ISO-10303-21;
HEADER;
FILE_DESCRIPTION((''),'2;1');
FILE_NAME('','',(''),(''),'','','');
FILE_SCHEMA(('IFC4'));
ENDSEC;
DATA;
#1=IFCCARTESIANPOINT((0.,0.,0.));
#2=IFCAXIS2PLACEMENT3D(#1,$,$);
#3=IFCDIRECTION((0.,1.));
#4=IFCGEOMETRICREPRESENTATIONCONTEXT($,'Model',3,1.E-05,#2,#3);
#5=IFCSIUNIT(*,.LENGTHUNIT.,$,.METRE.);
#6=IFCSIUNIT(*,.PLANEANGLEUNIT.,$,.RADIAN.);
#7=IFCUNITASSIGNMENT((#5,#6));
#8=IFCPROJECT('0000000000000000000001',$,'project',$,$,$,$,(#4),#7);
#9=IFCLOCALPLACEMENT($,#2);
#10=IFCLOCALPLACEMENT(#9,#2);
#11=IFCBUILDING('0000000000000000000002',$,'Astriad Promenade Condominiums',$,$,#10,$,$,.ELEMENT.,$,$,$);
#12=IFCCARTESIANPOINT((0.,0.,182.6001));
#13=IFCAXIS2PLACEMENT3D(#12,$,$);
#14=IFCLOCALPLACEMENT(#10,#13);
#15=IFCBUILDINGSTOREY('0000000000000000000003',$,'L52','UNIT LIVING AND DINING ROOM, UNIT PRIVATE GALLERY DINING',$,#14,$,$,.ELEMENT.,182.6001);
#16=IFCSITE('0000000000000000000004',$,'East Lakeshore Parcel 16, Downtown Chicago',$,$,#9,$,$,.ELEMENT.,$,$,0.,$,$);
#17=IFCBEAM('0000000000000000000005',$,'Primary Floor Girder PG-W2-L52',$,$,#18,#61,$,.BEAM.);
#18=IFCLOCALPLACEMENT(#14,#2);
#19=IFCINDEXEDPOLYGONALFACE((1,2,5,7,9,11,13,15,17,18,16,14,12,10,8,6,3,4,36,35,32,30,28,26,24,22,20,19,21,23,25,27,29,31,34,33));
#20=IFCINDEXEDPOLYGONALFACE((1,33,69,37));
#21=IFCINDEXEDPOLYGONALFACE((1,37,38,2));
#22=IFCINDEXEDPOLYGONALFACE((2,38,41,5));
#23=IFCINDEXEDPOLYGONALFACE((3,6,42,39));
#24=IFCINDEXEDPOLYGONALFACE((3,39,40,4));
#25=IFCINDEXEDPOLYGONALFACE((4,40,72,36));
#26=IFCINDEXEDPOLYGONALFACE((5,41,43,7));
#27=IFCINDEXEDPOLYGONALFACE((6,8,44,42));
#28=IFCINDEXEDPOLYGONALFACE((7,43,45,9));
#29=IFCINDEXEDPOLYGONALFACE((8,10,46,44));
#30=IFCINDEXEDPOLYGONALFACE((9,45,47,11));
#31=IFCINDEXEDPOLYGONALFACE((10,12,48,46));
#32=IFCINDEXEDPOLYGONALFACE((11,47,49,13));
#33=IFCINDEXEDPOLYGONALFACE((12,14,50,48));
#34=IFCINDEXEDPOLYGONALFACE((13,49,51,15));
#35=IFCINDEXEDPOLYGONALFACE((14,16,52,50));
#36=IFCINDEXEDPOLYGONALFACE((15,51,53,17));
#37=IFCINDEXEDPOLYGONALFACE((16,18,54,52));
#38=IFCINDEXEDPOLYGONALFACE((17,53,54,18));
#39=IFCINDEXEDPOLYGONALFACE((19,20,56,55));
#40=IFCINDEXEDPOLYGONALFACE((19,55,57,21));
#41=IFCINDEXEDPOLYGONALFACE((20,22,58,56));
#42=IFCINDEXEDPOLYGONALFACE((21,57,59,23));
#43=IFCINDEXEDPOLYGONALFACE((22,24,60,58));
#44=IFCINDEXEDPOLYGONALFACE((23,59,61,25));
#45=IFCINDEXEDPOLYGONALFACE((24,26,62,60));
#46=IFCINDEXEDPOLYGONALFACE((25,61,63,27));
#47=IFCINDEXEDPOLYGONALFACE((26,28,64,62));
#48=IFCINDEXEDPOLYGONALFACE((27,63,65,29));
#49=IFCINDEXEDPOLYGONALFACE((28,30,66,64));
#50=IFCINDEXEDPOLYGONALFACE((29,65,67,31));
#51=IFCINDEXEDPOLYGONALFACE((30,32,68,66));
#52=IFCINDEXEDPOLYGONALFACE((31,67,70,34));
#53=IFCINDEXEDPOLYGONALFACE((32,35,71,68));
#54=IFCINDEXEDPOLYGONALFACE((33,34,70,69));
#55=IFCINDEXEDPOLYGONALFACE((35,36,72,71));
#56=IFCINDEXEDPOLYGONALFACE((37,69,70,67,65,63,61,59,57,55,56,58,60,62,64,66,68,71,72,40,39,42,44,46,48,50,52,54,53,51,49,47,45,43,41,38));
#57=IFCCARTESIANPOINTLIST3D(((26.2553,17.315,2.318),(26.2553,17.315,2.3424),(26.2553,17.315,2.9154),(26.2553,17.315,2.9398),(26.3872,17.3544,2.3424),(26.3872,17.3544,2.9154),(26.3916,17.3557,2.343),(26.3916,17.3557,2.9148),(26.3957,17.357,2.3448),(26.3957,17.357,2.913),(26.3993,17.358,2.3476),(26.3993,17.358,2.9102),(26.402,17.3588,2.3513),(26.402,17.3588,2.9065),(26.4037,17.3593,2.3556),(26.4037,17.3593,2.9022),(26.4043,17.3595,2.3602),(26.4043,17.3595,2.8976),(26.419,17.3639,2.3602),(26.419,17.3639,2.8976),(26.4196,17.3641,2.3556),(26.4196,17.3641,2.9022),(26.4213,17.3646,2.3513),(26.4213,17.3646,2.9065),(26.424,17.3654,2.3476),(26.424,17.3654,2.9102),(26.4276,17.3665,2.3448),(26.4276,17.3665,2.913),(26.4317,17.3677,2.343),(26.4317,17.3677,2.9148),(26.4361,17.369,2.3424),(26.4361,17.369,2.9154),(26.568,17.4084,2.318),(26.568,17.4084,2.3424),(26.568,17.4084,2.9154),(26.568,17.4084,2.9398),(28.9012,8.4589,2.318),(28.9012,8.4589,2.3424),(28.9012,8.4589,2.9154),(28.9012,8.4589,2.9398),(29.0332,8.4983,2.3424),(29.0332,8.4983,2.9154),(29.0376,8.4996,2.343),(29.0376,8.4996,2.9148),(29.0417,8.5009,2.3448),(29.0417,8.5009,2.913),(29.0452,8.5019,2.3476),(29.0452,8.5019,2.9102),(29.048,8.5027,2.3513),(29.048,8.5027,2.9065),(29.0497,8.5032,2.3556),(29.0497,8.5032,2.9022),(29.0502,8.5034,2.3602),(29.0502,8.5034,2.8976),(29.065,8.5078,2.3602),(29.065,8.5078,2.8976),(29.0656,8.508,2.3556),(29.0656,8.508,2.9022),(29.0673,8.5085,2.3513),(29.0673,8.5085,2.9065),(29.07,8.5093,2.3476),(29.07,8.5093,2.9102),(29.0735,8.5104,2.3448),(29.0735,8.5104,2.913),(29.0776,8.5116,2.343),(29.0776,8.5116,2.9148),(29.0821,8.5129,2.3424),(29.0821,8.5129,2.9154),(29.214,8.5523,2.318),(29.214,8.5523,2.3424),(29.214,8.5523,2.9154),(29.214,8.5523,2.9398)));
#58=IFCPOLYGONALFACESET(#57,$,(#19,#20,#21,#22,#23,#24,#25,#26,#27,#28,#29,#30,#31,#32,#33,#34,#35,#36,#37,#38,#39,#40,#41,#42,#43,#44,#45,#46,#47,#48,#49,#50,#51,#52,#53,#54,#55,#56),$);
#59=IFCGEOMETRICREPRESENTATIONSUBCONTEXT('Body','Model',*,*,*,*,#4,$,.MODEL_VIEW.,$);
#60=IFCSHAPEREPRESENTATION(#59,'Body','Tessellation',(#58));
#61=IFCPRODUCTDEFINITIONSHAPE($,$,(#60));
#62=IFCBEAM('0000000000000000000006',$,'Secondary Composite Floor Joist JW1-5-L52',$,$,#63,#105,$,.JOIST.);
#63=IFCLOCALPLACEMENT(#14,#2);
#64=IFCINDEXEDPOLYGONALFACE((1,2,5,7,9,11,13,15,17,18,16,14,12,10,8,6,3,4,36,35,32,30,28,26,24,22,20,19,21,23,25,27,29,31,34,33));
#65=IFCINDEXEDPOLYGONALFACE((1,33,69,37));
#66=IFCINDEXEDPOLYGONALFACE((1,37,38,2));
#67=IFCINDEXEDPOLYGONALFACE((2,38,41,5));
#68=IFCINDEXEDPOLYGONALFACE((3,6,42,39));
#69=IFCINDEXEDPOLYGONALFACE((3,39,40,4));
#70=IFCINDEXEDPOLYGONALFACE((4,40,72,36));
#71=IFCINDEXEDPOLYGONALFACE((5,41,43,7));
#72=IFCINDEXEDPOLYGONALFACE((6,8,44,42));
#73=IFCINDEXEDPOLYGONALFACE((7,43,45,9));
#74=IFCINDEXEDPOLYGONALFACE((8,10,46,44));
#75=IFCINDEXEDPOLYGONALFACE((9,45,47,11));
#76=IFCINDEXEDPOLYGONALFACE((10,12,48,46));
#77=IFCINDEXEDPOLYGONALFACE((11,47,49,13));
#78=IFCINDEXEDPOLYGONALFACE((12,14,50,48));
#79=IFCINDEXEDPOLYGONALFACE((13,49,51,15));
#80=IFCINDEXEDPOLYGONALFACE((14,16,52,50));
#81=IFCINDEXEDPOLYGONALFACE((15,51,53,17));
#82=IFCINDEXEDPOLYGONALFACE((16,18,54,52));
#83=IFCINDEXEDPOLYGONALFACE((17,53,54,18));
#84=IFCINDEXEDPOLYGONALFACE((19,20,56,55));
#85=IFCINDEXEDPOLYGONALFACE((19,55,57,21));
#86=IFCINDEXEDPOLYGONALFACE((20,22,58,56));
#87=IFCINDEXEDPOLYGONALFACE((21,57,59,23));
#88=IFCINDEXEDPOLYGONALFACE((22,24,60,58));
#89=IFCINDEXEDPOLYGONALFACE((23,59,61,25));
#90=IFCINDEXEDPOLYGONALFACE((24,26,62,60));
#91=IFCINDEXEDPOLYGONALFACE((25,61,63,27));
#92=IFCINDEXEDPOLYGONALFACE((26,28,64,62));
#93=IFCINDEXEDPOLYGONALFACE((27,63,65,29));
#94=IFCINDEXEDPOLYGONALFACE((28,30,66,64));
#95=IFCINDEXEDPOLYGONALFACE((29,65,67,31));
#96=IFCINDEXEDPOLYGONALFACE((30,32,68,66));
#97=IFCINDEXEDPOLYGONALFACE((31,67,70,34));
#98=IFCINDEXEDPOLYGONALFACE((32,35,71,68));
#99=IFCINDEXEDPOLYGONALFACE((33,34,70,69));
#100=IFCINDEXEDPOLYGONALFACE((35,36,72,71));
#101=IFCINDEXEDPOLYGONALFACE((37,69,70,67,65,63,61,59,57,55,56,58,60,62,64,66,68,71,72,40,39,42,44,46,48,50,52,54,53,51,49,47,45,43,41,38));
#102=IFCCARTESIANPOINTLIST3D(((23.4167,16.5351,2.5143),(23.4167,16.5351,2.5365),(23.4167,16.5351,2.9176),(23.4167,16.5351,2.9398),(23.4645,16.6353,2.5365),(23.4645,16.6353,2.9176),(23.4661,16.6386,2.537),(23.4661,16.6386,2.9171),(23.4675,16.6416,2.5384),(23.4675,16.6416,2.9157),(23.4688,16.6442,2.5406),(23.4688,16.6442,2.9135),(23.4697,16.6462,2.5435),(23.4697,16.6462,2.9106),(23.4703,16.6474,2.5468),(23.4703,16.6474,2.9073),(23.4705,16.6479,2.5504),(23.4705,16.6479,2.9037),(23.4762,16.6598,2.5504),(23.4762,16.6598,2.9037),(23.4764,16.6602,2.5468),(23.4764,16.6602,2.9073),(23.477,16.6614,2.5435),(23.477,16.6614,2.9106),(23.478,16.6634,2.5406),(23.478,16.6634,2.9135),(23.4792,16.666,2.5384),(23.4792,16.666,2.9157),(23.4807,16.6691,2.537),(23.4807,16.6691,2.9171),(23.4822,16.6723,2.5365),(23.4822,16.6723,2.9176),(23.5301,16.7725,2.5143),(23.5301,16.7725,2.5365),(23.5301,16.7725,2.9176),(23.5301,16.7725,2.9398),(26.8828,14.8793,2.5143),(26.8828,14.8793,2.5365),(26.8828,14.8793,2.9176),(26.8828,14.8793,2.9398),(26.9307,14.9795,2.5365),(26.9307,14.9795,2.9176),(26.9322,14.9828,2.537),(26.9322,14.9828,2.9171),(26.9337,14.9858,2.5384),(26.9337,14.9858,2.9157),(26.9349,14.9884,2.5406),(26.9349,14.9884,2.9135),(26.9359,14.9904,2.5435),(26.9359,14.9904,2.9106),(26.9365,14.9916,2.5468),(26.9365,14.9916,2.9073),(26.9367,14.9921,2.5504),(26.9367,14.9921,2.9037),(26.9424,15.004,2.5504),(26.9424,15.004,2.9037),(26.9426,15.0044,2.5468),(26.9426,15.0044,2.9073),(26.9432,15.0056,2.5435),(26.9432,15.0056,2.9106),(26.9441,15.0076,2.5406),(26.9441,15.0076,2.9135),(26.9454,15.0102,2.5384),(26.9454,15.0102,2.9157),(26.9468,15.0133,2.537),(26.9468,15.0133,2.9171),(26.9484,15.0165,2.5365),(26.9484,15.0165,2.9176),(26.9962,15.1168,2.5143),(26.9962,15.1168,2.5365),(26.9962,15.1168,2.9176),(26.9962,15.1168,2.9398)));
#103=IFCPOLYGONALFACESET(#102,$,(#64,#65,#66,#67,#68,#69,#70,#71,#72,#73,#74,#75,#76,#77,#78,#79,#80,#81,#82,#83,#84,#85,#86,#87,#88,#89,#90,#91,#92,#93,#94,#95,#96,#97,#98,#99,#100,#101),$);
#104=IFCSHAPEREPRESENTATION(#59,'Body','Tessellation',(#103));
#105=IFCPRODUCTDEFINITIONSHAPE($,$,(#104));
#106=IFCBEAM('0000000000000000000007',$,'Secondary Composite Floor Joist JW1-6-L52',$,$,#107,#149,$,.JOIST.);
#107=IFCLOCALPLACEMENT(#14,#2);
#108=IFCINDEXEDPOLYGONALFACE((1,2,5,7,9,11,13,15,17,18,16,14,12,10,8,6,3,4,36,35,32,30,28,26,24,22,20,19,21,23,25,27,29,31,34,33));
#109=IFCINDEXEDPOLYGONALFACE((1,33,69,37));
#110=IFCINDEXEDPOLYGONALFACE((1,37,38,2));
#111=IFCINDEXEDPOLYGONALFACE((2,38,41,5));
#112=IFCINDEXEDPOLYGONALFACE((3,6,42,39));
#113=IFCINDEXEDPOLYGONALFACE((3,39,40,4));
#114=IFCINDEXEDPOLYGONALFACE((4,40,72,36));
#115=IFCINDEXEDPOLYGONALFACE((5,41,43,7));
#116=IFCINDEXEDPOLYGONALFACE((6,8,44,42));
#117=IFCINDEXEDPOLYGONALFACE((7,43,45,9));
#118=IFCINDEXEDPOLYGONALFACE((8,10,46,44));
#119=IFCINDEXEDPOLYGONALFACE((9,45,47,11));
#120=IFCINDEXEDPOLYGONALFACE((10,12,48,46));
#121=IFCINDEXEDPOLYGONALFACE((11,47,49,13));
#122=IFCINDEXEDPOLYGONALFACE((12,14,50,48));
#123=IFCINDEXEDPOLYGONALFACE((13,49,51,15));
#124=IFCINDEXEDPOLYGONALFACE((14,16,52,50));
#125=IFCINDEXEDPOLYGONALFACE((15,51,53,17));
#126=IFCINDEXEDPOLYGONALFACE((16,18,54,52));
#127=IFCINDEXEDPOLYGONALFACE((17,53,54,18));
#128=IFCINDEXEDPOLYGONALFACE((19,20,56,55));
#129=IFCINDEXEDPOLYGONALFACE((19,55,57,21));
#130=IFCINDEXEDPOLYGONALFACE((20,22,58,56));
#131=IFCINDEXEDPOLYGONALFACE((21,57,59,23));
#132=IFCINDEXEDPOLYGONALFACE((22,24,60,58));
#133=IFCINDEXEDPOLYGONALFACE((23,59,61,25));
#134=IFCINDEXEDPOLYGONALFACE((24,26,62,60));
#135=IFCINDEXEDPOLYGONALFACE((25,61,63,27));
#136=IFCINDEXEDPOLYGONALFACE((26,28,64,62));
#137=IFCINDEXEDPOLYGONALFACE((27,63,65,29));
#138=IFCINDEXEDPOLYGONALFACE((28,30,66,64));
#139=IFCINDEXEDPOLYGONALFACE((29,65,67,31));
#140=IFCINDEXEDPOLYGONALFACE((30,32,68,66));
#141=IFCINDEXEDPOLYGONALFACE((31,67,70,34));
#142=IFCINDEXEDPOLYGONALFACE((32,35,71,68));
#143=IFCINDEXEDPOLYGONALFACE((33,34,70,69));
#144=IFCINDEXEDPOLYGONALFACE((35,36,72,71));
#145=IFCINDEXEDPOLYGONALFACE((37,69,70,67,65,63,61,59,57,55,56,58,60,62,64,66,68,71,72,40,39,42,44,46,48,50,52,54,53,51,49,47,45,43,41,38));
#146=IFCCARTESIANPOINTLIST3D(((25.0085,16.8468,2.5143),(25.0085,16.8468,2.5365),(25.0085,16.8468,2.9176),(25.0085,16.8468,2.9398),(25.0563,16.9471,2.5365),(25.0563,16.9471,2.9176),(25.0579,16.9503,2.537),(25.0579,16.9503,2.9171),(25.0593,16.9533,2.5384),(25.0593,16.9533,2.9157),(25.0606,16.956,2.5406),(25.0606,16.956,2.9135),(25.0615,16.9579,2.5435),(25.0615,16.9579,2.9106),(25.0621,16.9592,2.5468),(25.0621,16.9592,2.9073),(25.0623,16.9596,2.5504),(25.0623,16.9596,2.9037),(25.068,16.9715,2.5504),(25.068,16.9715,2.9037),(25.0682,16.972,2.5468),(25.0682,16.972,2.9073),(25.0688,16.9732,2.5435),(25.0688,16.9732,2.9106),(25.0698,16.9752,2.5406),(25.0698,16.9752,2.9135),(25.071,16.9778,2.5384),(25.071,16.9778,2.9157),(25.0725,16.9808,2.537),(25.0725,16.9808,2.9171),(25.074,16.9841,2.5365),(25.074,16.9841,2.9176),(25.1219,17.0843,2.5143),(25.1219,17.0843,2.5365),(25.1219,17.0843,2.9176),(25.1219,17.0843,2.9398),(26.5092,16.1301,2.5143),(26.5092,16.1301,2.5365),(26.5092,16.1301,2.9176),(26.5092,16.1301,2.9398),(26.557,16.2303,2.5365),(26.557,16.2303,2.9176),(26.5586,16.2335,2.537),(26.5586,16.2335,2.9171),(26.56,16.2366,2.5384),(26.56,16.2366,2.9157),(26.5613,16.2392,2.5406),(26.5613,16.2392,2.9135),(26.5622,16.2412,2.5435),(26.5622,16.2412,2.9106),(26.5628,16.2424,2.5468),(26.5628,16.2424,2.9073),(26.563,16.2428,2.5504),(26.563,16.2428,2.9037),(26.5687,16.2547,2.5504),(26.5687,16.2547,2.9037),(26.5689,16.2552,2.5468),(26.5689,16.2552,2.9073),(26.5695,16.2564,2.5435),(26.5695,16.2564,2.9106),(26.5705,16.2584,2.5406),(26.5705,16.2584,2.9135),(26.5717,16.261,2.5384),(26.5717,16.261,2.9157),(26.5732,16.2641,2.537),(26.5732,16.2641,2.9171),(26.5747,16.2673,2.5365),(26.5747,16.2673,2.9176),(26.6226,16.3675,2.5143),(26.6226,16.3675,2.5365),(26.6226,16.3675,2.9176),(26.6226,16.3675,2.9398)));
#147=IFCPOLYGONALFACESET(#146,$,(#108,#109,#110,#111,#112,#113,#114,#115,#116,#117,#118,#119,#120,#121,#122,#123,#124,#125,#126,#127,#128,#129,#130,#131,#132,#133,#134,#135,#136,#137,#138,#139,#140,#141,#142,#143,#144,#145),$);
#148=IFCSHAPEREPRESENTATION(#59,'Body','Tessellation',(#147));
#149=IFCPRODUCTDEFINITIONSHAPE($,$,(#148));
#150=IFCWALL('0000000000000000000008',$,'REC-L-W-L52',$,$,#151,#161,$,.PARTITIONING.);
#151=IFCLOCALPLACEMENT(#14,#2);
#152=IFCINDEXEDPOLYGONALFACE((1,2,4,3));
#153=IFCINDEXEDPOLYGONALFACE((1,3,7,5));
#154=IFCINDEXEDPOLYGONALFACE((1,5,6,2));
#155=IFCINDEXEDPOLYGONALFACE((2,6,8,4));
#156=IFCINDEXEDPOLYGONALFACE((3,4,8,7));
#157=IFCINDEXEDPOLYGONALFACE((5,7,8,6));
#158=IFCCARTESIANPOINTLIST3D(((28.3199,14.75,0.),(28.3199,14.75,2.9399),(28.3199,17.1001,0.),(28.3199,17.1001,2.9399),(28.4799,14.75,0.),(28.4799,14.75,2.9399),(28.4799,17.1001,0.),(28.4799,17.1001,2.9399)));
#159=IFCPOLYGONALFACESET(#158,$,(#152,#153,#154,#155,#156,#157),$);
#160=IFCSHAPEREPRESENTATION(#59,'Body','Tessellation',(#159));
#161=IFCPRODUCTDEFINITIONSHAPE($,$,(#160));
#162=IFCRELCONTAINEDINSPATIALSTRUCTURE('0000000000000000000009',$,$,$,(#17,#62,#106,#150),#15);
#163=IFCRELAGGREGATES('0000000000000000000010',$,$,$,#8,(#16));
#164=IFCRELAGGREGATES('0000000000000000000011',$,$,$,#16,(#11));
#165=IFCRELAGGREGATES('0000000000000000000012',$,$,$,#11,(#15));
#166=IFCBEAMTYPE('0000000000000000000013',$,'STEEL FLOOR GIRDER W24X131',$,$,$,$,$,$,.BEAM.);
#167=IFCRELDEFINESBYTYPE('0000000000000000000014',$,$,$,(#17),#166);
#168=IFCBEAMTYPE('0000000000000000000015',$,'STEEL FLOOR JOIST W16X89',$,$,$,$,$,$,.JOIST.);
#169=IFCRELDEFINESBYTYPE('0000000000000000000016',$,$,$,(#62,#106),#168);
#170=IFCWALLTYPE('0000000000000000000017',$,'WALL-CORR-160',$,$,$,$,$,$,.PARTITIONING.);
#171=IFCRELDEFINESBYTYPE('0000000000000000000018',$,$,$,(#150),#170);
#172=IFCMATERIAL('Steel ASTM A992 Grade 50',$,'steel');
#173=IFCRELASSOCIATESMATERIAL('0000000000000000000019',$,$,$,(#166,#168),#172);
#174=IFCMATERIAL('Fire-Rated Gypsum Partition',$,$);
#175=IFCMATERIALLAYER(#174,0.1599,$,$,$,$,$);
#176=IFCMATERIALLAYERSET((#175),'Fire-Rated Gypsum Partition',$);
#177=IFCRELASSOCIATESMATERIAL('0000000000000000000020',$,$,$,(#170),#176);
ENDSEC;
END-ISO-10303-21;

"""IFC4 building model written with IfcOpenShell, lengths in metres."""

from ifc_helpers import new_model, si_unit, direction, frame, frame_2d, origin, origin_2d, place, context, subcontext, project, spatial, rectangle, i_section, extrude, source, transform, mapped, material, layer, layer_set, material_profile, profile_set, type_object, type_shapes, element, save


model = new_model("IFC4")

# Units and contexts
model_context = context("Model", 3, precision=1e-05, world=origin(), true_north=direction((0.0, 1.0)))
body_context = subcontext(model_context, "Body", "Model", "MODEL_VIEW")
ifc_project = project(units=[si_unit("LENGTHUNIT", "METRE"), si_unit("PLANEANGLEUNIT", "RADIAN")], contexts=[model_context])

# Site, building, storey
site_placement = place(None, origin())
site = spatial("IfcSite", under=ifc_project, at=site_placement, Name="East Lakeshore Parcel 16, Downtown Chicago", CompositionType="ELEMENT", RefElevation=0.0)
building_placement = place(site_placement, origin())
building = spatial("IfcBuilding", under=site, at=building_placement, Name="Astriad Promenade Condominiums", CompositionType="ELEMENT")
storey_placement = place(building_placement, frame((0.0, 0.0, 182.6001)))
storey = spatial("IfcBuildingStorey", under=building, at=storey_placement, Name="L52", Description="UNIT LIVING AND DINING ROOM, UNIT PRIVATE GALLERY DINING", CompositionType="ELEMENT", Elevation=182.6001)

# Shared definitions
ifc_material_1 = material(Name="Steel ASTM A992 Grade 50", Category="steel")

# Beams
ifc_material_profile_1 = material_profile(ifc_material_1, i_section(OverallWidth=0.3264, OverallDepth=0.6218, WebThickness=0.0154, FlangeThickness=0.0244, FilletRadius=0.0178, at=origin_2d()), Name="W24X131")
ifc_profile_set_1 = profile_set([ifc_material_profile_1], Name="Steel ASTM A992 Grade 50")
beam_type_1 = type_object("IfcBeamType", Name="STEEL FLOOR GIRDER W24X131", PredefinedType="BEAM", material=ifc_profile_set_1)
shared_shape_1 = source(origin(), body_context, "Body", "SweptSolid", [
    extrude(i_section(OverallWidth=0.3264, OverallDepth=0.6218, WebThickness=0.0154, FlangeThickness=0.0244, FilletRadius=0.0178, at=origin_2d()), origin(), (0.0, 0.0, 1.0), 9.2429),
])
type_shapes(beam_type_1, [shared_shape_1])
beam_1_placement = place(storey_placement, frame((29.0576, 8.5056, 2.6289), z_axis=(-0.286269, 0.958149, 0.0), x_axis=(-0.958149, -0.286269, 0.0)))
element("IfcBeam", 1, at=beam_1_placement, inside=storey, type_object=beam_type_1, Name="Primary Floor Girder PG-W2-L52", PredefinedType="BEAM", context=body_context, shape_type="MappedRepresentation", body=[
    mapped(shared_shape_1, transform((0.0, 0.0, 0.0), scale=1.0)),
])
ifc_material_profile_2 = material_profile(ifc_material_1, i_section(OverallWidth=0.2632, OverallDepth=0.4255, WebThickness=0.0132, FlangeThickness=0.0222, FilletRadius=0.0139, at=origin_2d()), Name="W16X89")
ifc_profile_set_2 = profile_set([ifc_material_profile_2], Name="Steel ASTM A992 Grade 50")
beam_type_2 = type_object("IfcBeamType", Name="STEEL FLOOR JOIST W16X89", PredefinedType="JOIST", material=ifc_profile_set_2)
shared_shape_2 = source(origin(), body_context, "Body", "SweptSolid", [
    extrude(i_section(OverallWidth=0.2632, OverallDepth=0.4255, WebThickness=0.0132, FlangeThickness=0.0222, FilletRadius=0.0139, at=origin_2d()), origin(), (0.0, 0.0, 1.0), 3.8413),
])
beam_2_placement = place(storey_placement, frame((23.4734, 16.6538, 2.7271), z_axis=(0.902329, -0.431048, 0.0), x_axis=(0.431048, 0.902329, 0.0)))
element("IfcBeam", 2, at=beam_2_placement, inside=storey, type_object=beam_type_2, Name="Secondary Composite Floor Joist JW1-5-L52", PredefinedType="JOIST", context=body_context, shape_type="MappedRepresentation", body=[
    mapped(shared_shape_2, transform((0.0, 0.0, 0.0), scale=1.0)),
])
shared_shape_3 = source(origin(), body_context, "Body", "SweptSolid", [
    extrude(i_section(OverallWidth=0.2632, OverallDepth=0.4255, WebThickness=0.0132, FlangeThickness=0.0222, FilletRadius=0.0139, at=origin_2d()), origin(), (0.0, 0.0, 1.0), 1.6631),
])
type_shapes(beam_type_2, [shared_shape_2, shared_shape_3])
beam_3_placement = place(storey_placement, frame((25.0652, 16.9656, 2.7271), z_axis=(0.902355, -0.430993, 0.0), x_axis=(0.430993, 0.902355, 0.0)))
element("IfcBeam", 3, at=beam_3_placement, inside=storey, type_object=beam_type_2, Name="Secondary Composite Floor Joist JW1-6-L52", PredefinedType="JOIST", context=body_context, shape_type="MappedRepresentation", body=[
    mapped(shared_shape_3, transform((0.0, 0.0, 0.0), scale=1.0)),
])

# Wall
ifc_material_2 = material(Name="Fire-Rated Gypsum Partition")
ifc_layer_1 = layer(ifc_material_2, 0.1599)
ifc_layer_set_1 = layer_set([ifc_layer_1], Name="Fire-Rated Gypsum Partition")
wall_type_1 = type_object("IfcWallType", Name="WALL-CORR-160", PredefinedType="PARTITIONING", material=ifc_layer_set_1)
wall_1_placement = place(storey_placement, frame((28.3999, 14.75, 0.0), z_axis=(0.0, 0.0, 1.0), x_axis=(0.0, 1.0, 0.0)))
element("IfcWall", 4, at=wall_1_placement, inside=storey, type_object=wall_type_1, Name="REC-L-W-L52", PredefinedType="PARTITIONING", context=body_context, shape_type="SweptSolid", body=[
    extrude(rectangle(XDim=2.3501, YDim=0.1599, at=frame_2d((1.175, 0.0))), origin(), (0.0, 0.0, 1.0), 2.9399),
])

save(model, "model.ifc")
